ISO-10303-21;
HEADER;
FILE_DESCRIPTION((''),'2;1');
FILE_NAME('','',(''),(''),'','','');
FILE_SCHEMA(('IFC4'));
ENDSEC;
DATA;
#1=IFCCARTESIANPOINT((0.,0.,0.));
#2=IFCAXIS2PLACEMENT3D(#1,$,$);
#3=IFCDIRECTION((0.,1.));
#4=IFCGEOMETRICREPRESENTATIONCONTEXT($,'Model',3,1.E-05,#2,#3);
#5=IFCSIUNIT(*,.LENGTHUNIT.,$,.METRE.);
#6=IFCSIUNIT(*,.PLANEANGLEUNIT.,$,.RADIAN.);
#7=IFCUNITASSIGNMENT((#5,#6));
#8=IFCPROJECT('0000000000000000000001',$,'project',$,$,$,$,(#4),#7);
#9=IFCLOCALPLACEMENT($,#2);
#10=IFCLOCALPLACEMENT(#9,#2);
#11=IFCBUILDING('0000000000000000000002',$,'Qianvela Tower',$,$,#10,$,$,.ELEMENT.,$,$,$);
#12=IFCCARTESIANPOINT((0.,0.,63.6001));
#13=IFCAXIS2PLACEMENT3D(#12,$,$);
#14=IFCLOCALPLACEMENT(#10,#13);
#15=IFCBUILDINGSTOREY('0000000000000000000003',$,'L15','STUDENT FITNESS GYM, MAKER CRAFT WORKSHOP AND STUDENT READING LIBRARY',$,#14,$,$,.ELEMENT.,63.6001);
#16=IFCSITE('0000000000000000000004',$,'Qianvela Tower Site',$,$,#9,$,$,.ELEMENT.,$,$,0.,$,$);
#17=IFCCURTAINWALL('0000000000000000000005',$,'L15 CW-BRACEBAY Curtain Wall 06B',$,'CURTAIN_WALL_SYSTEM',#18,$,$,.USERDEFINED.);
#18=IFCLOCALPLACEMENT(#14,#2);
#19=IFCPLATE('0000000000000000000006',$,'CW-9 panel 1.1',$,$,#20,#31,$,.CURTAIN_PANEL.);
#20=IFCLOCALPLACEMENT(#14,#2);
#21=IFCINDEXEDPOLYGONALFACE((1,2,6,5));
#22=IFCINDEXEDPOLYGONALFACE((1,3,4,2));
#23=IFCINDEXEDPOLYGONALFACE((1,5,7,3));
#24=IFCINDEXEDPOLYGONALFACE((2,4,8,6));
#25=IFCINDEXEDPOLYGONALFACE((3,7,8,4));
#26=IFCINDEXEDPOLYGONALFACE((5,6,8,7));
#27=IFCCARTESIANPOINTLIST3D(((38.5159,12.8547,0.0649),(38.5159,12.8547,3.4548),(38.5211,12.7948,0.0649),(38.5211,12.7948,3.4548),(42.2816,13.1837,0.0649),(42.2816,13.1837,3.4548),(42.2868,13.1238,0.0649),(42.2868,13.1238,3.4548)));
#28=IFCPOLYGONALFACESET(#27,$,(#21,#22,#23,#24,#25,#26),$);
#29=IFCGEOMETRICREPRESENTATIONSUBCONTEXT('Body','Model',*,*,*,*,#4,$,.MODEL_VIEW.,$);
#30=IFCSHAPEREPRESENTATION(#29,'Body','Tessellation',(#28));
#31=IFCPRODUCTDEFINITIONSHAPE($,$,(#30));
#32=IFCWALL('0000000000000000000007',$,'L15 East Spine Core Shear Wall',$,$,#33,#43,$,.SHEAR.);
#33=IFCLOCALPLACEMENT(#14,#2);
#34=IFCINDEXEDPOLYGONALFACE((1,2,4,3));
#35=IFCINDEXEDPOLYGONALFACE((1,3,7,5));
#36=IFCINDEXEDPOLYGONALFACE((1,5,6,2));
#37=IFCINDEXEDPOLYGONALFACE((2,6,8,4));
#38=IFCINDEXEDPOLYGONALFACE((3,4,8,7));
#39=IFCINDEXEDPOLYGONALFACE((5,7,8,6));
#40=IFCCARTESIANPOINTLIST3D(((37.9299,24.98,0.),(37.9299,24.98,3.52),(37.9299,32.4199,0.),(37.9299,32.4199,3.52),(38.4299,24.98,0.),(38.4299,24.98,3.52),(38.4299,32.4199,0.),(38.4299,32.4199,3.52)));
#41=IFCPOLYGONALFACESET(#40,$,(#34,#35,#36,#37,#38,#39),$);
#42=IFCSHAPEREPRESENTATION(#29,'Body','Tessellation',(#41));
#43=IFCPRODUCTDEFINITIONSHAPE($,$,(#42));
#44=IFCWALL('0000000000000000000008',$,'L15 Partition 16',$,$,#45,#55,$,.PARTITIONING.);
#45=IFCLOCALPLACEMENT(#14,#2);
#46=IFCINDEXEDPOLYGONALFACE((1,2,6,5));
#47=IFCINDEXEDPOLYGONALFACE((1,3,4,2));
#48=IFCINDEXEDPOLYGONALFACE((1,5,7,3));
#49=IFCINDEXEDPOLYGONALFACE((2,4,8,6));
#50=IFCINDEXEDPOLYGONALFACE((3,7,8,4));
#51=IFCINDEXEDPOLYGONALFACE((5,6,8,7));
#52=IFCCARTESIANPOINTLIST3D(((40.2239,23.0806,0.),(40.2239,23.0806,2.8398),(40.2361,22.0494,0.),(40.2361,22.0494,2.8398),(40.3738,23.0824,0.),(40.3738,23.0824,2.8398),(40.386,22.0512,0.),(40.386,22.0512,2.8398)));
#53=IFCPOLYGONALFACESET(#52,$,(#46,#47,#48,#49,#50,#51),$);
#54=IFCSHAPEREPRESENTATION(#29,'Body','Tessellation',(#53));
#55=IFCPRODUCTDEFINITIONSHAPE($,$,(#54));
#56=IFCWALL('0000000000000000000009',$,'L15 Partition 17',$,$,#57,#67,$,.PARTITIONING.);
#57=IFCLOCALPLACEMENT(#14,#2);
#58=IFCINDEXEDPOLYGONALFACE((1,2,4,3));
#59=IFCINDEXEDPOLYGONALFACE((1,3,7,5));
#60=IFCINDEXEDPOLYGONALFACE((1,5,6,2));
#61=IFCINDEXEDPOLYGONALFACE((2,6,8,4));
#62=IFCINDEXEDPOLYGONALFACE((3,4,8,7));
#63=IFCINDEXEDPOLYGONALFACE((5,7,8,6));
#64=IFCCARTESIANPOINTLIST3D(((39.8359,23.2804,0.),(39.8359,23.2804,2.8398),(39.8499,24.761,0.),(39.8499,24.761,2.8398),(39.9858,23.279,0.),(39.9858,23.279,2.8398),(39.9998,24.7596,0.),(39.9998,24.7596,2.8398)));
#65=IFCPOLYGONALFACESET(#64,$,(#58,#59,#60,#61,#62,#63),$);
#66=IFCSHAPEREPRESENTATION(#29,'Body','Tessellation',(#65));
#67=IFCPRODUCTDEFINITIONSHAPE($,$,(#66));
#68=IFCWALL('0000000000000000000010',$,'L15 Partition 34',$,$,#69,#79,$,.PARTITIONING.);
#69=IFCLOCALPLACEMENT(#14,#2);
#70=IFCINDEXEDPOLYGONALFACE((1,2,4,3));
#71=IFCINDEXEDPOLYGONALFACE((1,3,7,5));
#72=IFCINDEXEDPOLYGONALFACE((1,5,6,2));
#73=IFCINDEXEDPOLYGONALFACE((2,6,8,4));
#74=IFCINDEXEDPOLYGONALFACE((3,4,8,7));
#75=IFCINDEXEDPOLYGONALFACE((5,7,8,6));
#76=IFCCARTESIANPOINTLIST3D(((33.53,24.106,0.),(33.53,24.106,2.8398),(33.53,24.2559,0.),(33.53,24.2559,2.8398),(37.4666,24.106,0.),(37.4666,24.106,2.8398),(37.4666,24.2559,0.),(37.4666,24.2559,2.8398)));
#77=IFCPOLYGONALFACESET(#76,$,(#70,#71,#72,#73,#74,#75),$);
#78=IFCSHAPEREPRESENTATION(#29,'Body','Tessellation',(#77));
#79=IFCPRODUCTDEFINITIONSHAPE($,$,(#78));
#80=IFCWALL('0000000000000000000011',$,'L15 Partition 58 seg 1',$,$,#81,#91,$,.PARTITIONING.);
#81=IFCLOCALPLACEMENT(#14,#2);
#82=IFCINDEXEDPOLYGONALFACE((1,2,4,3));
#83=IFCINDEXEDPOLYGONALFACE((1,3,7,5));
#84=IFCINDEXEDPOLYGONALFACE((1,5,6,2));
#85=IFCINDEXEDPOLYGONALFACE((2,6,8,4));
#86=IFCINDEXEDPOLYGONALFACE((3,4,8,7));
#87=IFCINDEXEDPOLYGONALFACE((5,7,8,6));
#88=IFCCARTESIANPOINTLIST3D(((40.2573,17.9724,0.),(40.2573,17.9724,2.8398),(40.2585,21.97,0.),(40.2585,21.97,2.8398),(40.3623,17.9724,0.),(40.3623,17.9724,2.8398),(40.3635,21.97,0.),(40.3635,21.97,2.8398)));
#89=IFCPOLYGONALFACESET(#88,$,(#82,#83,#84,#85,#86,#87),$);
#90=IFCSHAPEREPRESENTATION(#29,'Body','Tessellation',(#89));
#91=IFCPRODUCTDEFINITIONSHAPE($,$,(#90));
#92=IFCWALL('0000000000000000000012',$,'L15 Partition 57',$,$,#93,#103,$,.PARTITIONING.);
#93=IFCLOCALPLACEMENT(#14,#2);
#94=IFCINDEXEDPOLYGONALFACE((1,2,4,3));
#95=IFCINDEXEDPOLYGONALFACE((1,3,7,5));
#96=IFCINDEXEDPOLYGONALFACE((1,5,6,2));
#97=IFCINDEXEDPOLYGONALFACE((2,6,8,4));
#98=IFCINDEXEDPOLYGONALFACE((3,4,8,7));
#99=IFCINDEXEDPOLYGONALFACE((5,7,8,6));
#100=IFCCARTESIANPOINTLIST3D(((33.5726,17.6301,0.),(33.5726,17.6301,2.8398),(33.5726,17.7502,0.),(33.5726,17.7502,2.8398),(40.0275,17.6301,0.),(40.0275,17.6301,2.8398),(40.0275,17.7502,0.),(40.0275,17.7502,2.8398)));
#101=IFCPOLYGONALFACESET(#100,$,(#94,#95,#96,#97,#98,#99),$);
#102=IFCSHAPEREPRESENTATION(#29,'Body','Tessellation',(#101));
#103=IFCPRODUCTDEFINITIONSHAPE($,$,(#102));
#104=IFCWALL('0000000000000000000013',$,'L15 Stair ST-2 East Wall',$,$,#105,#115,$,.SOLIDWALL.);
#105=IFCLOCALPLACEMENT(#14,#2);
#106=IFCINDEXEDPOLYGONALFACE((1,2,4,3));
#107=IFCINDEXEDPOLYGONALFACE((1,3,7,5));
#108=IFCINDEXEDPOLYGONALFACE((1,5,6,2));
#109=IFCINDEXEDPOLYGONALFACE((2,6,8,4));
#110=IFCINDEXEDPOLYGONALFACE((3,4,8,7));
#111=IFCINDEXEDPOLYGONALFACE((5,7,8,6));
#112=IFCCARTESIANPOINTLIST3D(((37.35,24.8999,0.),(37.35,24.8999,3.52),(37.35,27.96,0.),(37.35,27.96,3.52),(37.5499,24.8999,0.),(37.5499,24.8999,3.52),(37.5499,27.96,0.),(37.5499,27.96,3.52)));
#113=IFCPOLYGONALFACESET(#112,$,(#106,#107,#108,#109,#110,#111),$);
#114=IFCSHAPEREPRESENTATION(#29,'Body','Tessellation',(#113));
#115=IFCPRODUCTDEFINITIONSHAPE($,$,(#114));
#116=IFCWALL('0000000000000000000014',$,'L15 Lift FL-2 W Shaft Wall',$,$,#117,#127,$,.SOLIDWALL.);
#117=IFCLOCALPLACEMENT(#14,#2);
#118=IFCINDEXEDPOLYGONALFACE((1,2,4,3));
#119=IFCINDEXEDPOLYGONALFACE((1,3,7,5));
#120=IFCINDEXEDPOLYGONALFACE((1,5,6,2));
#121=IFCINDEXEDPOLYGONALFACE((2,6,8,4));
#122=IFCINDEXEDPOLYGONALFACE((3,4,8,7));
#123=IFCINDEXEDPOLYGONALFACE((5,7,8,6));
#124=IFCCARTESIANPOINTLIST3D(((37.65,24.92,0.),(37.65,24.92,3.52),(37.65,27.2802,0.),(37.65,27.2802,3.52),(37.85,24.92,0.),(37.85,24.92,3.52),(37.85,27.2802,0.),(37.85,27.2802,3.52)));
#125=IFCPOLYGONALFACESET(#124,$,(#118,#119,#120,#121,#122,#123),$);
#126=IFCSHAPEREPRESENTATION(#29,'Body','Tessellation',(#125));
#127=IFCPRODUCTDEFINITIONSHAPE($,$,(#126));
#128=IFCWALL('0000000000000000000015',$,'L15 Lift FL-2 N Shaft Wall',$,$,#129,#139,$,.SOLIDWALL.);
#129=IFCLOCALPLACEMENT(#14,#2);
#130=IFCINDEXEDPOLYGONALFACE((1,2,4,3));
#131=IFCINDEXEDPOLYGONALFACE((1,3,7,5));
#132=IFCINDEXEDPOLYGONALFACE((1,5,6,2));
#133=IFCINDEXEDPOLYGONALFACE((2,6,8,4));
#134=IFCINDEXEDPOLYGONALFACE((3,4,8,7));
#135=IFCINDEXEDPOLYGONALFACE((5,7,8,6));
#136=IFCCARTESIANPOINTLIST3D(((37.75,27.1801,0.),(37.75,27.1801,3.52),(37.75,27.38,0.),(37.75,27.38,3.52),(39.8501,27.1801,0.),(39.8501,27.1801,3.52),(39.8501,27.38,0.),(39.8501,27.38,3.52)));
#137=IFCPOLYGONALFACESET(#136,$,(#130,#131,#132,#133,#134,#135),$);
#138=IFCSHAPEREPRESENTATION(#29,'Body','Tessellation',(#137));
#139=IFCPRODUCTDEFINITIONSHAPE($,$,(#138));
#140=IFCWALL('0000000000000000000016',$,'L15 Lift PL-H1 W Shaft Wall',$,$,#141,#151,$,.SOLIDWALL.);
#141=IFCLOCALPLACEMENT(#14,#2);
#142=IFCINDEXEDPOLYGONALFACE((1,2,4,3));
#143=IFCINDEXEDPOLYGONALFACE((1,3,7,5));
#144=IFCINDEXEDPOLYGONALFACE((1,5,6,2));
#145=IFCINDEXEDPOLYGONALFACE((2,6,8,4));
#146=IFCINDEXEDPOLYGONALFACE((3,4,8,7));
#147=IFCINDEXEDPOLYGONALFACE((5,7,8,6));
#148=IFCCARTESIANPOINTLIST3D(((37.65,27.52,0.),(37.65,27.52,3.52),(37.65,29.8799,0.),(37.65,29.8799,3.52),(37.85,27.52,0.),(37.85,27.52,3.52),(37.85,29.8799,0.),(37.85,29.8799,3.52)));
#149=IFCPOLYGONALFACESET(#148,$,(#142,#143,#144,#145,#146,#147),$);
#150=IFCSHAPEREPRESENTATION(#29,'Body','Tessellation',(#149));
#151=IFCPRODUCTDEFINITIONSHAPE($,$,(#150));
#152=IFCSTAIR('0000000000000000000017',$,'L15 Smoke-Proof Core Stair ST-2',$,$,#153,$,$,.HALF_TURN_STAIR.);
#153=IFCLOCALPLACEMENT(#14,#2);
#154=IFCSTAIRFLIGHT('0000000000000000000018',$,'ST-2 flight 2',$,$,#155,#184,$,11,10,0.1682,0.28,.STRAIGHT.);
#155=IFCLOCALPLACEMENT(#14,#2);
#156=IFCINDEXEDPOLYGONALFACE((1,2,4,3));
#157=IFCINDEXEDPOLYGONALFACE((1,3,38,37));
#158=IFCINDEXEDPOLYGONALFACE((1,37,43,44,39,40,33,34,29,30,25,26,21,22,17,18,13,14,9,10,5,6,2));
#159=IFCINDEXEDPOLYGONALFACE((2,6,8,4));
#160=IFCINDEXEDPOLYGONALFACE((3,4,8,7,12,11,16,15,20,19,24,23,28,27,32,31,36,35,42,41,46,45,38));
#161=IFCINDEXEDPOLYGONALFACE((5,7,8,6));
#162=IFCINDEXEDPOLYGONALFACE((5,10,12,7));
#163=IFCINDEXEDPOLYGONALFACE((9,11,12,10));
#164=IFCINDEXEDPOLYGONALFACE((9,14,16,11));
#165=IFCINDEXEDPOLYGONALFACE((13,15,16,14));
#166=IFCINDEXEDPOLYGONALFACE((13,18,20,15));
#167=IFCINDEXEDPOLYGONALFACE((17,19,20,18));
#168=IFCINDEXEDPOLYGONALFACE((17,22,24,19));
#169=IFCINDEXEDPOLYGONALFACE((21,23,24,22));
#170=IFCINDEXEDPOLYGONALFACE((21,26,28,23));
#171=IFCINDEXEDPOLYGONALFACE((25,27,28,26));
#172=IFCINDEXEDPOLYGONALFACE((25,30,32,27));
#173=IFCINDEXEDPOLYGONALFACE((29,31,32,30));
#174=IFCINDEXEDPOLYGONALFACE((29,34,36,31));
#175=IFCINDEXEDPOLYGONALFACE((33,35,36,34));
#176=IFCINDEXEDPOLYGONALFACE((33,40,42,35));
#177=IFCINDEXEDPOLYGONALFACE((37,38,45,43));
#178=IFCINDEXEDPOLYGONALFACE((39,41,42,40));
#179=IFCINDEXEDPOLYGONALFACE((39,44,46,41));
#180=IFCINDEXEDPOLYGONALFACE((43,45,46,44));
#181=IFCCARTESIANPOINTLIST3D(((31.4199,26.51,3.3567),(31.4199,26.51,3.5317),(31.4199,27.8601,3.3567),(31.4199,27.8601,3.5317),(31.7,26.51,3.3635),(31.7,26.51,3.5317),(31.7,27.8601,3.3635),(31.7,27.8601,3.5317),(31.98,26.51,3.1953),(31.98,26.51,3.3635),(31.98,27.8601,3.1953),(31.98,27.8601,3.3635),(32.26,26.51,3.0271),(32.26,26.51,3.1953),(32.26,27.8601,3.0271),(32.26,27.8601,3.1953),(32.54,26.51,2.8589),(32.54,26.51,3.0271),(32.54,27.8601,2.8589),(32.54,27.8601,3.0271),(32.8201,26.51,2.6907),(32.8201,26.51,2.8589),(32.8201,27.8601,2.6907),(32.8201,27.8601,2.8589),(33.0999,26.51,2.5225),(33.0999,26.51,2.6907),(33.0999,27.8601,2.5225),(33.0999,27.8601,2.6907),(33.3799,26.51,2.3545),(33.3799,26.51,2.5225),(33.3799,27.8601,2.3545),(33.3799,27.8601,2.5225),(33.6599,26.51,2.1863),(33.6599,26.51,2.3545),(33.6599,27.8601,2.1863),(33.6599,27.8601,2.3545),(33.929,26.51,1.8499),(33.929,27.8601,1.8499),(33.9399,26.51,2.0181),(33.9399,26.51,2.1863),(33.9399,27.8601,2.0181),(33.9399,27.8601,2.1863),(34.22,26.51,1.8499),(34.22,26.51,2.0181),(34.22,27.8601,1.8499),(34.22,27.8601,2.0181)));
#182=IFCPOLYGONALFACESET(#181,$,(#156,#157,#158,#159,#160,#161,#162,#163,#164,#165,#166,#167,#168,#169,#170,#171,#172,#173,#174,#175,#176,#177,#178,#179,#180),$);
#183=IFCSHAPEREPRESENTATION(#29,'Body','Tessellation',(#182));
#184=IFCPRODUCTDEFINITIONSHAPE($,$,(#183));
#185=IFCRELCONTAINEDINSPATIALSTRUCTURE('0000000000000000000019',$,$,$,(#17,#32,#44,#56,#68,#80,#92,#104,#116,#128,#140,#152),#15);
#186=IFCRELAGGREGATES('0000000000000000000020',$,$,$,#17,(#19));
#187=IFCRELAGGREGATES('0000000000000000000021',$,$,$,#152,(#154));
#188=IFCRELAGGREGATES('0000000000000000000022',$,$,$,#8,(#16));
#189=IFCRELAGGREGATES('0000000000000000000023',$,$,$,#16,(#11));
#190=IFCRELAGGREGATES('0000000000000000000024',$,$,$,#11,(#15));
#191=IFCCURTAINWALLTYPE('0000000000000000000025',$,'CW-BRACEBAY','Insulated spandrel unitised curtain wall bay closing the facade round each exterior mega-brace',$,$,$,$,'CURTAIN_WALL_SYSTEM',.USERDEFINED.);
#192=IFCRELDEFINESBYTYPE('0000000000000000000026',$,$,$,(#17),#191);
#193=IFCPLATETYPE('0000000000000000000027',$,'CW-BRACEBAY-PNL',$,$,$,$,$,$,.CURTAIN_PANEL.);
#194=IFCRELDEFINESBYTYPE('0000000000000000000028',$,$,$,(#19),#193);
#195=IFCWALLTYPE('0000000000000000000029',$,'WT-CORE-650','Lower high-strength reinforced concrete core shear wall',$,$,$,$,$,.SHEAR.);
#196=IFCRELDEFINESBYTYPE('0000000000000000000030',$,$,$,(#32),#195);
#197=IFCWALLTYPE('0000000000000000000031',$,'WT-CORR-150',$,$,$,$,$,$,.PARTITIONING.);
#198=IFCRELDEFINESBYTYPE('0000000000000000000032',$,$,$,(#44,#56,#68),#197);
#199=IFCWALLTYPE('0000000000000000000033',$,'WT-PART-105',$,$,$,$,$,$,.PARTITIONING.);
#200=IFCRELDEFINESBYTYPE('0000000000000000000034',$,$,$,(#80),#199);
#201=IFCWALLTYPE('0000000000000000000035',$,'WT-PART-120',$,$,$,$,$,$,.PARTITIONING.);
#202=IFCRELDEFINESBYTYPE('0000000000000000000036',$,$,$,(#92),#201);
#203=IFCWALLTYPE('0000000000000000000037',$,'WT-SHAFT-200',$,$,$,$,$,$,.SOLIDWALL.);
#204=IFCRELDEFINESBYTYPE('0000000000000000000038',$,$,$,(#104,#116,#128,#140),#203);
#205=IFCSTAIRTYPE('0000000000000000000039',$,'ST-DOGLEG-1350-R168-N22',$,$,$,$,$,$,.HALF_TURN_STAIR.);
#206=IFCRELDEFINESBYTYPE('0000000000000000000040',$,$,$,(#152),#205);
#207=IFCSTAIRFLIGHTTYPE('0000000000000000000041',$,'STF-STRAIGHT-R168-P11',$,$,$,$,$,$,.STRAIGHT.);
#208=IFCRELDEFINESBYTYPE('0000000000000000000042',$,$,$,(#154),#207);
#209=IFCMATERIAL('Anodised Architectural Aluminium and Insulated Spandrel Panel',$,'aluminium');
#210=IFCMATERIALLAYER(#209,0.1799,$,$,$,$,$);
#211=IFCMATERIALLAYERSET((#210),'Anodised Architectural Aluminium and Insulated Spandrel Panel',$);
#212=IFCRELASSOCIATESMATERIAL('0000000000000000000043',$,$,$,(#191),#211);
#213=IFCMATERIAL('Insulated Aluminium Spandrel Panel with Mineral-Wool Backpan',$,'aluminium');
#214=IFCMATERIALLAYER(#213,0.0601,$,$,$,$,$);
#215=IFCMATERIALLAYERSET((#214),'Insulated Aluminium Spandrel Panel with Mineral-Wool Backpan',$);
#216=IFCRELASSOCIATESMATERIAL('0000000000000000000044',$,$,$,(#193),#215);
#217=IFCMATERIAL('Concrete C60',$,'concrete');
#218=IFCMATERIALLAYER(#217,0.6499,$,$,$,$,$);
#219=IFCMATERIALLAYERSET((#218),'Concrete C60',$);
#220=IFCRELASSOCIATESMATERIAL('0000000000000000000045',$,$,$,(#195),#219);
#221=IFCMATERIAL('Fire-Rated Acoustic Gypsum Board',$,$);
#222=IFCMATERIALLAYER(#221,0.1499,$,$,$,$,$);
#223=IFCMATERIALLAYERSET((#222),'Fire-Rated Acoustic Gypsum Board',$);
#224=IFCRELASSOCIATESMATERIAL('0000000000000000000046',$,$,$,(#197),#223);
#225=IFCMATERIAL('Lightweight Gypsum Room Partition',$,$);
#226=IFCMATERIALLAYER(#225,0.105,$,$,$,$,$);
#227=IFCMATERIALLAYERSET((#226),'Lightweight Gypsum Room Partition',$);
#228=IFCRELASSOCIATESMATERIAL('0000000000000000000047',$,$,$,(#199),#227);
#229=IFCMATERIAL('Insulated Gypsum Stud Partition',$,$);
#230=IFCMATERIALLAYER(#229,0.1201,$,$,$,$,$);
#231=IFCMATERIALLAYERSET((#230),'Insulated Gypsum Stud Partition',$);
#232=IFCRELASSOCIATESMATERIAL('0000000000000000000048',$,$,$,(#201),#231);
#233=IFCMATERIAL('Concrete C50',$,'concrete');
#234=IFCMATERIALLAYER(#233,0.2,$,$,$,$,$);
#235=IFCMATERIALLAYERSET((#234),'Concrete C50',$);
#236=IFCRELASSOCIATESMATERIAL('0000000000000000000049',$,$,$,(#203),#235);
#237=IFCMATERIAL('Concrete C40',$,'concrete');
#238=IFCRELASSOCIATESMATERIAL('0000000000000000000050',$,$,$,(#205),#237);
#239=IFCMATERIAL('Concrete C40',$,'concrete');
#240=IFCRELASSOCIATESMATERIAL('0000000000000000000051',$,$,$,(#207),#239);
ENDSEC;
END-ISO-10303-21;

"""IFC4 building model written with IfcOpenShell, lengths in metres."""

from ifc_helpers import new_model, si_unit, direction, frame, frame_2d, origin, origin_2d, place, context, subcontext, project, spatial, polyline, rectangle, outline, extrude, material, layer, layer_set, type_object, element, aggregate, save


model = new_model("IFC4")

# Units and contexts
model_context = context("Model", 3, precision=1e-05, world=origin(), true_north=direction((0.0, 1.0)))
body_context = subcontext(model_context, "Body", "Model", "MODEL_VIEW")
ifc_project = project(units=[si_unit("LENGTHUNIT", "METRE"), si_unit("PLANEANGLEUNIT", "RADIAN")], contexts=[model_context])

# Site, building, storey
site_placement = place(None, origin())
site = spatial("IfcSite", under=ifc_project, at=site_placement, Name="Qianvela Tower Site", CompositionType="ELEMENT", RefElevation=0.0)
building_placement = place(site_placement, origin())
building = spatial("IfcBuilding", under=site, at=building_placement, Name="Qianvela Tower", CompositionType="ELEMENT")
storey_placement = place(building_placement, frame((0.0, 0.0, 63.6001)))
storey = spatial("IfcBuildingStorey", under=building, at=storey_placement, Name="L15", Description="STUDENT FITNESS GYM, MAKER CRAFT WORKSHOP AND STUDENT READING LIBRARY", CompositionType="ELEMENT", Elevation=63.6001)

# Curtain wall
ifc_material_1 = material(Name="Anodised Architectural Aluminium and Insulated Spandrel Panel", Category="aluminium")
ifc_layer_1 = layer(ifc_material_1, 0.1799)
ifc_layer_set_1 = layer_set([ifc_layer_1], Name="Anodised Architectural Aluminium and Insulated Spandrel Panel")
curtain_wall_type_1 = type_object("IfcCurtainWallType", Name="CW-BRACEBAY", Description="Insulated spandrel unitised curtain wall bay closing the facade round each exterior mega-brace", ElementType="CURTAIN_WALL_SYSTEM", PredefinedType="USERDEFINED", material=ifc_layer_set_1)
curtain_wall_1_placement = place(storey_placement, origin())
curtain_wall_1 = element("IfcCurtainWall", 1, at=curtain_wall_1_placement, inside=storey, type_object=curtain_wall_type_1, Name="L15 CW-BRACEBAY Curtain Wall 06B", ObjectType="CURTAIN_WALL_SYSTEM", PredefinedType="USERDEFINED")

# Plate
ifc_material_2 = material(Name="Insulated Aluminium Spandrel Panel with Mineral-Wool Backpan", Category="aluminium")
ifc_layer_2 = layer(ifc_material_2, 0.0601)
ifc_layer_set_2 = layer_set([ifc_layer_2], Name="Insulated Aluminium Spandrel Panel with Mineral-Wool Backpan")
plate_type = type_object("IfcPlateType", Name="CW-BRACEBAY-PNL", PredefinedType="CURTAIN_PANEL", material=ifc_layer_set_2)
plate_placement = place(storey_placement, frame((40.4014, 12.9893, 0.0649), z_axis=(0.0, 0.0, 1.0), x_axis=(0.996205, 0.087032, 0.0)))
plate = element("IfcPlate", 2, at=plate_placement, type_object=plate_type, Name="CW-9 panel 1.1", PredefinedType="CURTAIN_PANEL", context=body_context, shape_type="SweptSolid", body=[
    extrude(rectangle(XDim=3.78, YDim=0.0601, at=origin_2d()), origin(), (0.0, 0.0, 1.0), 3.3899),
])
aggregate(curtain_wall_1, [plate])

# Walls
ifc_material_3 = material(Name="Concrete C60", Category="concrete")
ifc_layer_3 = layer(ifc_material_3, 0.6499)
ifc_layer_set_3 = layer_set([ifc_layer_3], Name="Concrete C60")
wall_type_1 = type_object("IfcWallType", Name="WT-CORE-650", Description="Lower high-strength reinforced concrete core shear wall", PredefinedType="SHEAR", material=ifc_layer_set_3)
wall_1_placement = place(storey_placement, frame((38.1799, 24.98, 0.0), z_axis=(0.0, 0.0, 1.0), x_axis=(0.0, 1.0, 0.0)))
element("IfcWall", 3, at=wall_1_placement, inside=storey, type_object=wall_type_1, Name="L15 East Spine Core Shear Wall", PredefinedType="SHEAR", context=body_context, shape_type="SweptSolid", body=[
    extrude(rectangle(XDim=7.4399, YDim=0.5, at=frame_2d((3.72, 0.0))), origin(), (0.0, 0.0, 1.0), 3.52),
])
ifc_material_4 = material(Name="Fire-Rated Acoustic Gypsum Board")
ifc_layer_4 = layer(ifc_material_4, 0.1499)
ifc_layer_set_4 = layer_set([ifc_layer_4], Name="Fire-Rated Acoustic Gypsum Board")
wall_type_2 = type_object("IfcWallType", Name="WT-CORR-150", PredefinedType="PARTITIONING", material=ifc_layer_set_4)
wall_2_placement = place(storey_placement, frame((40.311, 22.0503, 0.0), z_axis=(0.0, 0.0, 1.0), x_axis=(-0.011836, 0.99993, 0.0)))
element("IfcWall", 4, at=wall_2_placement, inside=storey, type_object=wall_type_2, Name="L15 Partition 16", PredefinedType="PARTITIONING", context=body_context, shape_type="SweptSolid", body=[
    extrude(rectangle(XDim=1.0312, YDim=0.1499, at=frame_2d((0.5156, 0.0))), origin(), (0.0, 0.0, 1.0), 2.8398),
])
wall_3_placement = place(storey_placement, frame((39.9109, 23.2798, 0.0), z_axis=(0.0, 0.0, 1.0), x_axis=(0.009398, 0.999956, 0.0)))
element("IfcWall", 5, at=wall_3_placement, inside=storey, type_object=wall_type_2, Name="L15 Partition 17", PredefinedType="PARTITIONING", context=body_context, shape_type="SweptSolid", body=[
    extrude(rectangle(XDim=1.4807, YDim=0.1499, at=frame_2d((0.7402, 0.0))), origin(), (0.0, 0.0, 1.0), 2.8398),
])
wall_4_placement = place(storey_placement, frame((37.4666, 24.1809, 0.0), z_axis=(0.0, 0.0, 1.0), x_axis=(-1.0, 0.0, 0.0)))
element("IfcWall", 6, at=wall_4_placement, inside=storey, type_object=wall_type_2, Name="L15 Partition 34", PredefinedType="PARTITIONING", context=body_context, shape_type="SweptSolid", body=[
    extrude(rectangle(XDim=3.9365, YDim=0.1499, at=frame_2d((1.9683, 0.0))), origin(), (0.0, 0.0, 1.0), 2.8398),
])
ifc_material_5 = material(Name="Lightweight Gypsum Room Partition")
ifc_layer_5 = layer(ifc_material_5, 0.105)
ifc_layer_set_5 = layer_set([ifc_layer_5], Name="Lightweight Gypsum Room Partition")
wall_type_3 = type_object("IfcWallType", Name="WT-PART-105", PredefinedType="PARTITIONING", material=ifc_layer_set_5)
wall_5_placement = place(storey_placement, frame((40.3098, 17.9724, 0.0), z_axis=(0.0, 0.0, 1.0), x_axis=(0.000305, 1.0, 0.0)))
element("IfcWall", 7, at=wall_5_placement, inside=storey, type_object=wall_type_3, Name="L15 Partition 58 seg 1", PredefinedType="PARTITIONING", context=body_context, shape_type="SweptSolid", body=[
    extrude(rectangle(XDim=3.9976, YDim=0.105, at=frame_2d((1.9988, 0.0))), origin(), (0.0, 0.0, 1.0), 2.8398),
])
ifc_material_6 = material(Name="Insulated Gypsum Stud Partition")
ifc_layer_6 = layer(ifc_material_6, 0.1201)
ifc_layer_set_6 = layer_set([ifc_layer_6], Name="Insulated Gypsum Stud Partition")
wall_type_4 = type_object("IfcWallType", Name="WT-PART-120", PredefinedType="PARTITIONING", material=ifc_layer_set_6)
wall_6_placement = place(storey_placement, frame((33.5725, 17.6902, 0.0), z_axis=(0.0, 0.0, 1.0), x_axis=(1.0, 0.0, 0.0)))
element("IfcWall", 8, at=wall_6_placement, inside=storey, type_object=wall_type_4, Name="L15 Partition 57", PredefinedType="PARTITIONING", context=body_context, shape_type="SweptSolid", body=[
    extrude(rectangle(XDim=6.4548, YDim=0.1201, at=frame_2d((3.2275, 0.0))), origin(), (0.0, 0.0, 1.0), 2.8398),
])
ifc_material_7 = material(Name="Concrete C50", Category="concrete")
ifc_layer_7 = layer(ifc_material_7, 0.2)
ifc_layer_set_7 = layer_set([ifc_layer_7], Name="Concrete C50")
wall_type_5 = type_object("IfcWallType", Name="WT-SHAFT-200", PredefinedType="SOLIDWALL", material=ifc_layer_set_7)
wall_7_placement = place(storey_placement, frame((37.45, 24.8999, 0.0), z_axis=(0.0, 0.0, 1.0), x_axis=(0.0, 1.0, 0.0)))
element("IfcWall", 9, at=wall_7_placement, inside=storey, type_object=wall_type_5, Name="L15 Stair ST-2 East Wall", PredefinedType="SOLIDWALL", context=body_context, shape_type="SweptSolid", body=[
    extrude(rectangle(XDim=3.0601, YDim=0.2, at=frame_2d((1.53, 0.0))), origin(), (0.0, 0.0, 1.0), 3.52),
])

# Walls
wall_8_placement = place(storey_placement, frame((37.75, 24.9199, 0.0), z_axis=(0.0, 0.0, 1.0), x_axis=(0.0, 1.0, 0.0)))
element("IfcWall", 10, at=wall_8_placement, inside=storey, type_object=wall_type_5, Name="L15 Lift FL-2 W Shaft Wall", PredefinedType="SOLIDWALL", context=body_context, shape_type="SweptSolid", body=[
    extrude(rectangle(XDim=2.3601, YDim=0.2, at=frame_2d((1.1802, 0.0))), origin(), (0.0, 0.0, 1.0), 3.52),
])
wall_9_placement = place(storey_placement, frame((37.75, 27.28, 0.0), z_axis=(0.0, 0.0, 1.0), x_axis=(1.0, 0.0, 0.0)))
element("IfcWall", 11, at=wall_9_placement, inside=storey, type_object=wall_type_5, Name="L15 Lift FL-2 N Shaft Wall", PredefinedType="SOLIDWALL", context=body_context, shape_type="SweptSolid", body=[
    extrude(rectangle(XDim=2.1001, YDim=0.2, at=frame_2d((1.05, 0.0))), origin(), (0.0, 0.0, 1.0), 3.52),
])
wall_10_placement = place(storey_placement, frame((37.75, 27.52, 0.0), z_axis=(0.0, 0.0, 1.0), x_axis=(0.0, 1.0, 0.0)))
element("IfcWall", 12, at=wall_10_placement, inside=storey, type_object=wall_type_5, Name="L15 Lift PL-H1 W Shaft Wall", PredefinedType="SOLIDWALL", context=body_context, shape_type="SweptSolid", body=[
    extrude(rectangle(XDim=2.3599, YDim=0.2, at=frame_2d((1.1799, 0.0))), origin(), (0.0, 0.0, 1.0), 3.52),
])

# Stair, stair flight
ifc_material_8 = material(Name="Concrete C40", Category="concrete")
stair_type = type_object("IfcStairType", Name="ST-DOGLEG-1350-R168-N22", PredefinedType="HALF_TURN_STAIR", material=ifc_material_8)
stair_placement = place(storey_placement, origin())
stair = element("IfcStair", 13, at=stair_placement, inside=storey, type_object=stair_type, Name="L15 Smoke-Proof Core Stair ST-2", PredefinedType="HALF_TURN_STAIR")
ifc_material_9 = material(Name="Concrete C40", Category="concrete")
stair_flight_type = type_object("IfcStairFlightType", Name="STF-STRAIGHT-R168-P11", PredefinedType="STRAIGHT", material=ifc_material_9)
stair_flight_placement = place(storey_placement, frame((34.22, 27.1851, 1.8499), z_axis=(0.0, 0.0, 1.0), x_axis=(-1.0, 0.0, 0.0)))
stair_flight = element("IfcStairFlight", 14, at=stair_flight_placement, type_object=stair_flight_type, Name="ST-2 flight 2", NumberOfRisers=11, NumberOfTreads=10, PredefinedType="STRAIGHT", RiserHeight=0.1682, TreadLength=0.28, context=body_context, shape_type="SweptSolid", body=[
    extrude(outline(polyline([(0.0, 0.0), (0.0, 0.1682), (0.28, 0.1682), (0.28, 0.3364), (0.5601, 0.3364), (0.5601, 0.5046), (0.8401, 0.5046), (0.8401, 0.6726), (1.1201, 0.6726), (1.1201, 0.8408), (1.3999, 0.8408), (1.3999, 1.009), (1.6799, 1.009), (1.6799, 1.1772), (1.96, 1.1772), (1.96, 1.3455), (2.24, 1.3455), (2.24, 1.5137), (2.52, 1.5137), (2.52, 1.6819), (2.8, 1.6819), (2.8, 1.8501), (2.8, 1.5068), (0.291, 0.0), (0.0, 0.0)])), frame((0.0, 0.675, 0.0), z_axis=(0.0, -1.0, 0.0), x_axis=(1.0, 0.0, 0.0)), (0.0, 0.0, 1.0), 1.3501),
])
aggregate(stair, [stair_flight])

save(model, "model.ifc")
